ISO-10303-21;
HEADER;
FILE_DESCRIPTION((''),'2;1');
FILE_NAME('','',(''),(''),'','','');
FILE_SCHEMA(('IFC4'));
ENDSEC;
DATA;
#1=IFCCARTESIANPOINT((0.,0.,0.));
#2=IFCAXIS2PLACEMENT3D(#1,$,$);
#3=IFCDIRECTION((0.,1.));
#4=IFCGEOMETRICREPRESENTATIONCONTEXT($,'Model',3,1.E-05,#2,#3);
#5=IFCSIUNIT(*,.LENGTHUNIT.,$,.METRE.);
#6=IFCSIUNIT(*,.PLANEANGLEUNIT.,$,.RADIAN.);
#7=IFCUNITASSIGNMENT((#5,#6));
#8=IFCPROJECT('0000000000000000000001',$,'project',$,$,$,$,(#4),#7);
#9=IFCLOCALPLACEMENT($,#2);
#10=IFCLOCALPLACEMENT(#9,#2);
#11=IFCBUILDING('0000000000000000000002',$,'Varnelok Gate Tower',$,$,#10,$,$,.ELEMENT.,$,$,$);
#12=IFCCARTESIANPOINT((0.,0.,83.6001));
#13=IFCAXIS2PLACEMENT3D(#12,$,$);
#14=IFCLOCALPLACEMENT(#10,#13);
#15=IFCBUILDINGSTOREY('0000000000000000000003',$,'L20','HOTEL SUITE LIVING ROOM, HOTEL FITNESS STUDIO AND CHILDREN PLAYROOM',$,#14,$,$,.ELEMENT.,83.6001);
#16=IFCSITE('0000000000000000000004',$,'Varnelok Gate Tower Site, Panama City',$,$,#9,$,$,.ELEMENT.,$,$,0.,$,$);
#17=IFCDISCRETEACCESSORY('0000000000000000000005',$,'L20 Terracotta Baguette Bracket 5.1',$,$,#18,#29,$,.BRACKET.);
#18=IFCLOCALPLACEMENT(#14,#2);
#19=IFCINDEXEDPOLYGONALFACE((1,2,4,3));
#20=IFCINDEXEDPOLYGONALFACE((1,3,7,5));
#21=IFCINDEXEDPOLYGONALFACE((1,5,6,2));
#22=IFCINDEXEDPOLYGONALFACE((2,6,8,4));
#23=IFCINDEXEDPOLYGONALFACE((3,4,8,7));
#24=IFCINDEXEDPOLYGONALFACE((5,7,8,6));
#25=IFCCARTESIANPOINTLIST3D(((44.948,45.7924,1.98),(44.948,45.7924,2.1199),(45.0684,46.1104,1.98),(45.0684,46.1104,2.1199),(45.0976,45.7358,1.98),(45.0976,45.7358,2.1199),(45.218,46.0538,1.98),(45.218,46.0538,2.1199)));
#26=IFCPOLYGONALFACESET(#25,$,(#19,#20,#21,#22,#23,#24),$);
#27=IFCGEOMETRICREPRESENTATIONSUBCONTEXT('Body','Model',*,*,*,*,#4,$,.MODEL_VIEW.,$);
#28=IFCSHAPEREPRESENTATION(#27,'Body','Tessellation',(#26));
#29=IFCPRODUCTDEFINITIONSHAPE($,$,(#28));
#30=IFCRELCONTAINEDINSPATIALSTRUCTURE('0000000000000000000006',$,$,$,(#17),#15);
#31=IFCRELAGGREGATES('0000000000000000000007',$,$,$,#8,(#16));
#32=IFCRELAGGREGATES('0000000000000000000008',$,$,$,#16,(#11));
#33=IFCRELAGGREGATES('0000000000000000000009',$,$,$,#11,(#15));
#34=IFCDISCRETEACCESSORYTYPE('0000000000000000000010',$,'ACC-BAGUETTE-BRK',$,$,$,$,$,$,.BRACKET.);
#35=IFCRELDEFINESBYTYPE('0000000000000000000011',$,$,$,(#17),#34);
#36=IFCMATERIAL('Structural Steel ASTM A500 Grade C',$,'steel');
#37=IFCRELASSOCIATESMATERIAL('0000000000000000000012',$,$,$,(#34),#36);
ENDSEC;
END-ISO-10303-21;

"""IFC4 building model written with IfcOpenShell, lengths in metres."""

from ifc_helpers import new_model, si_unit, direction, frame, origin, origin_2d, place, context, subcontext, project, spatial, rectangle, extrude, source, transform, mapped, material, type_object, element, save


model = new_model("IFC4")

# Units and contexts
model_context = context("Model", 3, precision=1e-05, world=origin(), true_north=direction((0.0, 1.0)))
body_context = subcontext(model_context, "Body", "Model", "MODEL_VIEW")
ifc_project = project(units=[si_unit("LENGTHUNIT", "METRE"), si_unit("PLANEANGLEUNIT", "RADIAN")], contexts=[model_context])

# Site, building, storey
site_placement = place(None, origin())
site = spatial("IfcSite", under=ifc_project, at=site_placement, Name="Varnelok Gate Tower Site, Panama City", CompositionType="ELEMENT", RefElevation=0.0)
building_placement = place(site_placement, origin())
building = spatial("IfcBuilding", under=site, at=building_placement, Name="Varnelok Gate Tower", CompositionType="ELEMENT")
storey_placement = place(building_placement, frame((0.0, 0.0, 83.6001)))
storey = spatial("IfcBuildingStorey", under=building, at=storey_placement, Name="L20", Description="HOTEL SUITE LIVING ROOM, HOTEL FITNESS STUDIO AND CHILDREN PLAYROOM", CompositionType="ELEMENT", Elevation=83.6001)

# Discrete accessory
ifc_material_1 = material(Name="Structural Steel ASTM A500 Grade C", Category="steel")
discrete_accessory_type = type_object("IfcDiscreteAccessoryType", Name="ACC-BAGUETTE-BRK", PredefinedType="BRACKET", material=ifc_material_1)
shared_shape_1 = source(origin(), body_context, "Body", "SweptSolid", [
    extrude(rectangle(XDim=0.1599, YDim=0.3401, at=origin_2d()), origin(), (0.0, 0.0, 1.0), 0.1399),
])
discrete_accessory_placement = place(storey_placement, frame((45.083, 45.9231, 1.98), z_axis=(0.0, 0.0, 1.0), x_axis=(0.935222, -0.354063, 0.0)))
element("IfcDiscreteAccessory", 1, at=discrete_accessory_placement, inside=storey, type_object=discrete_accessory_type, Name="L20 Terracotta Baguette Bracket 5.1", PredefinedType="BRACKET", context=body_context, shape_type="MappedRepresentation", body=[
    mapped(shared_shape_1, transform((0.0, 0.0, 0.0), scale=1.0)),
])

save(model, "model.ifc")
